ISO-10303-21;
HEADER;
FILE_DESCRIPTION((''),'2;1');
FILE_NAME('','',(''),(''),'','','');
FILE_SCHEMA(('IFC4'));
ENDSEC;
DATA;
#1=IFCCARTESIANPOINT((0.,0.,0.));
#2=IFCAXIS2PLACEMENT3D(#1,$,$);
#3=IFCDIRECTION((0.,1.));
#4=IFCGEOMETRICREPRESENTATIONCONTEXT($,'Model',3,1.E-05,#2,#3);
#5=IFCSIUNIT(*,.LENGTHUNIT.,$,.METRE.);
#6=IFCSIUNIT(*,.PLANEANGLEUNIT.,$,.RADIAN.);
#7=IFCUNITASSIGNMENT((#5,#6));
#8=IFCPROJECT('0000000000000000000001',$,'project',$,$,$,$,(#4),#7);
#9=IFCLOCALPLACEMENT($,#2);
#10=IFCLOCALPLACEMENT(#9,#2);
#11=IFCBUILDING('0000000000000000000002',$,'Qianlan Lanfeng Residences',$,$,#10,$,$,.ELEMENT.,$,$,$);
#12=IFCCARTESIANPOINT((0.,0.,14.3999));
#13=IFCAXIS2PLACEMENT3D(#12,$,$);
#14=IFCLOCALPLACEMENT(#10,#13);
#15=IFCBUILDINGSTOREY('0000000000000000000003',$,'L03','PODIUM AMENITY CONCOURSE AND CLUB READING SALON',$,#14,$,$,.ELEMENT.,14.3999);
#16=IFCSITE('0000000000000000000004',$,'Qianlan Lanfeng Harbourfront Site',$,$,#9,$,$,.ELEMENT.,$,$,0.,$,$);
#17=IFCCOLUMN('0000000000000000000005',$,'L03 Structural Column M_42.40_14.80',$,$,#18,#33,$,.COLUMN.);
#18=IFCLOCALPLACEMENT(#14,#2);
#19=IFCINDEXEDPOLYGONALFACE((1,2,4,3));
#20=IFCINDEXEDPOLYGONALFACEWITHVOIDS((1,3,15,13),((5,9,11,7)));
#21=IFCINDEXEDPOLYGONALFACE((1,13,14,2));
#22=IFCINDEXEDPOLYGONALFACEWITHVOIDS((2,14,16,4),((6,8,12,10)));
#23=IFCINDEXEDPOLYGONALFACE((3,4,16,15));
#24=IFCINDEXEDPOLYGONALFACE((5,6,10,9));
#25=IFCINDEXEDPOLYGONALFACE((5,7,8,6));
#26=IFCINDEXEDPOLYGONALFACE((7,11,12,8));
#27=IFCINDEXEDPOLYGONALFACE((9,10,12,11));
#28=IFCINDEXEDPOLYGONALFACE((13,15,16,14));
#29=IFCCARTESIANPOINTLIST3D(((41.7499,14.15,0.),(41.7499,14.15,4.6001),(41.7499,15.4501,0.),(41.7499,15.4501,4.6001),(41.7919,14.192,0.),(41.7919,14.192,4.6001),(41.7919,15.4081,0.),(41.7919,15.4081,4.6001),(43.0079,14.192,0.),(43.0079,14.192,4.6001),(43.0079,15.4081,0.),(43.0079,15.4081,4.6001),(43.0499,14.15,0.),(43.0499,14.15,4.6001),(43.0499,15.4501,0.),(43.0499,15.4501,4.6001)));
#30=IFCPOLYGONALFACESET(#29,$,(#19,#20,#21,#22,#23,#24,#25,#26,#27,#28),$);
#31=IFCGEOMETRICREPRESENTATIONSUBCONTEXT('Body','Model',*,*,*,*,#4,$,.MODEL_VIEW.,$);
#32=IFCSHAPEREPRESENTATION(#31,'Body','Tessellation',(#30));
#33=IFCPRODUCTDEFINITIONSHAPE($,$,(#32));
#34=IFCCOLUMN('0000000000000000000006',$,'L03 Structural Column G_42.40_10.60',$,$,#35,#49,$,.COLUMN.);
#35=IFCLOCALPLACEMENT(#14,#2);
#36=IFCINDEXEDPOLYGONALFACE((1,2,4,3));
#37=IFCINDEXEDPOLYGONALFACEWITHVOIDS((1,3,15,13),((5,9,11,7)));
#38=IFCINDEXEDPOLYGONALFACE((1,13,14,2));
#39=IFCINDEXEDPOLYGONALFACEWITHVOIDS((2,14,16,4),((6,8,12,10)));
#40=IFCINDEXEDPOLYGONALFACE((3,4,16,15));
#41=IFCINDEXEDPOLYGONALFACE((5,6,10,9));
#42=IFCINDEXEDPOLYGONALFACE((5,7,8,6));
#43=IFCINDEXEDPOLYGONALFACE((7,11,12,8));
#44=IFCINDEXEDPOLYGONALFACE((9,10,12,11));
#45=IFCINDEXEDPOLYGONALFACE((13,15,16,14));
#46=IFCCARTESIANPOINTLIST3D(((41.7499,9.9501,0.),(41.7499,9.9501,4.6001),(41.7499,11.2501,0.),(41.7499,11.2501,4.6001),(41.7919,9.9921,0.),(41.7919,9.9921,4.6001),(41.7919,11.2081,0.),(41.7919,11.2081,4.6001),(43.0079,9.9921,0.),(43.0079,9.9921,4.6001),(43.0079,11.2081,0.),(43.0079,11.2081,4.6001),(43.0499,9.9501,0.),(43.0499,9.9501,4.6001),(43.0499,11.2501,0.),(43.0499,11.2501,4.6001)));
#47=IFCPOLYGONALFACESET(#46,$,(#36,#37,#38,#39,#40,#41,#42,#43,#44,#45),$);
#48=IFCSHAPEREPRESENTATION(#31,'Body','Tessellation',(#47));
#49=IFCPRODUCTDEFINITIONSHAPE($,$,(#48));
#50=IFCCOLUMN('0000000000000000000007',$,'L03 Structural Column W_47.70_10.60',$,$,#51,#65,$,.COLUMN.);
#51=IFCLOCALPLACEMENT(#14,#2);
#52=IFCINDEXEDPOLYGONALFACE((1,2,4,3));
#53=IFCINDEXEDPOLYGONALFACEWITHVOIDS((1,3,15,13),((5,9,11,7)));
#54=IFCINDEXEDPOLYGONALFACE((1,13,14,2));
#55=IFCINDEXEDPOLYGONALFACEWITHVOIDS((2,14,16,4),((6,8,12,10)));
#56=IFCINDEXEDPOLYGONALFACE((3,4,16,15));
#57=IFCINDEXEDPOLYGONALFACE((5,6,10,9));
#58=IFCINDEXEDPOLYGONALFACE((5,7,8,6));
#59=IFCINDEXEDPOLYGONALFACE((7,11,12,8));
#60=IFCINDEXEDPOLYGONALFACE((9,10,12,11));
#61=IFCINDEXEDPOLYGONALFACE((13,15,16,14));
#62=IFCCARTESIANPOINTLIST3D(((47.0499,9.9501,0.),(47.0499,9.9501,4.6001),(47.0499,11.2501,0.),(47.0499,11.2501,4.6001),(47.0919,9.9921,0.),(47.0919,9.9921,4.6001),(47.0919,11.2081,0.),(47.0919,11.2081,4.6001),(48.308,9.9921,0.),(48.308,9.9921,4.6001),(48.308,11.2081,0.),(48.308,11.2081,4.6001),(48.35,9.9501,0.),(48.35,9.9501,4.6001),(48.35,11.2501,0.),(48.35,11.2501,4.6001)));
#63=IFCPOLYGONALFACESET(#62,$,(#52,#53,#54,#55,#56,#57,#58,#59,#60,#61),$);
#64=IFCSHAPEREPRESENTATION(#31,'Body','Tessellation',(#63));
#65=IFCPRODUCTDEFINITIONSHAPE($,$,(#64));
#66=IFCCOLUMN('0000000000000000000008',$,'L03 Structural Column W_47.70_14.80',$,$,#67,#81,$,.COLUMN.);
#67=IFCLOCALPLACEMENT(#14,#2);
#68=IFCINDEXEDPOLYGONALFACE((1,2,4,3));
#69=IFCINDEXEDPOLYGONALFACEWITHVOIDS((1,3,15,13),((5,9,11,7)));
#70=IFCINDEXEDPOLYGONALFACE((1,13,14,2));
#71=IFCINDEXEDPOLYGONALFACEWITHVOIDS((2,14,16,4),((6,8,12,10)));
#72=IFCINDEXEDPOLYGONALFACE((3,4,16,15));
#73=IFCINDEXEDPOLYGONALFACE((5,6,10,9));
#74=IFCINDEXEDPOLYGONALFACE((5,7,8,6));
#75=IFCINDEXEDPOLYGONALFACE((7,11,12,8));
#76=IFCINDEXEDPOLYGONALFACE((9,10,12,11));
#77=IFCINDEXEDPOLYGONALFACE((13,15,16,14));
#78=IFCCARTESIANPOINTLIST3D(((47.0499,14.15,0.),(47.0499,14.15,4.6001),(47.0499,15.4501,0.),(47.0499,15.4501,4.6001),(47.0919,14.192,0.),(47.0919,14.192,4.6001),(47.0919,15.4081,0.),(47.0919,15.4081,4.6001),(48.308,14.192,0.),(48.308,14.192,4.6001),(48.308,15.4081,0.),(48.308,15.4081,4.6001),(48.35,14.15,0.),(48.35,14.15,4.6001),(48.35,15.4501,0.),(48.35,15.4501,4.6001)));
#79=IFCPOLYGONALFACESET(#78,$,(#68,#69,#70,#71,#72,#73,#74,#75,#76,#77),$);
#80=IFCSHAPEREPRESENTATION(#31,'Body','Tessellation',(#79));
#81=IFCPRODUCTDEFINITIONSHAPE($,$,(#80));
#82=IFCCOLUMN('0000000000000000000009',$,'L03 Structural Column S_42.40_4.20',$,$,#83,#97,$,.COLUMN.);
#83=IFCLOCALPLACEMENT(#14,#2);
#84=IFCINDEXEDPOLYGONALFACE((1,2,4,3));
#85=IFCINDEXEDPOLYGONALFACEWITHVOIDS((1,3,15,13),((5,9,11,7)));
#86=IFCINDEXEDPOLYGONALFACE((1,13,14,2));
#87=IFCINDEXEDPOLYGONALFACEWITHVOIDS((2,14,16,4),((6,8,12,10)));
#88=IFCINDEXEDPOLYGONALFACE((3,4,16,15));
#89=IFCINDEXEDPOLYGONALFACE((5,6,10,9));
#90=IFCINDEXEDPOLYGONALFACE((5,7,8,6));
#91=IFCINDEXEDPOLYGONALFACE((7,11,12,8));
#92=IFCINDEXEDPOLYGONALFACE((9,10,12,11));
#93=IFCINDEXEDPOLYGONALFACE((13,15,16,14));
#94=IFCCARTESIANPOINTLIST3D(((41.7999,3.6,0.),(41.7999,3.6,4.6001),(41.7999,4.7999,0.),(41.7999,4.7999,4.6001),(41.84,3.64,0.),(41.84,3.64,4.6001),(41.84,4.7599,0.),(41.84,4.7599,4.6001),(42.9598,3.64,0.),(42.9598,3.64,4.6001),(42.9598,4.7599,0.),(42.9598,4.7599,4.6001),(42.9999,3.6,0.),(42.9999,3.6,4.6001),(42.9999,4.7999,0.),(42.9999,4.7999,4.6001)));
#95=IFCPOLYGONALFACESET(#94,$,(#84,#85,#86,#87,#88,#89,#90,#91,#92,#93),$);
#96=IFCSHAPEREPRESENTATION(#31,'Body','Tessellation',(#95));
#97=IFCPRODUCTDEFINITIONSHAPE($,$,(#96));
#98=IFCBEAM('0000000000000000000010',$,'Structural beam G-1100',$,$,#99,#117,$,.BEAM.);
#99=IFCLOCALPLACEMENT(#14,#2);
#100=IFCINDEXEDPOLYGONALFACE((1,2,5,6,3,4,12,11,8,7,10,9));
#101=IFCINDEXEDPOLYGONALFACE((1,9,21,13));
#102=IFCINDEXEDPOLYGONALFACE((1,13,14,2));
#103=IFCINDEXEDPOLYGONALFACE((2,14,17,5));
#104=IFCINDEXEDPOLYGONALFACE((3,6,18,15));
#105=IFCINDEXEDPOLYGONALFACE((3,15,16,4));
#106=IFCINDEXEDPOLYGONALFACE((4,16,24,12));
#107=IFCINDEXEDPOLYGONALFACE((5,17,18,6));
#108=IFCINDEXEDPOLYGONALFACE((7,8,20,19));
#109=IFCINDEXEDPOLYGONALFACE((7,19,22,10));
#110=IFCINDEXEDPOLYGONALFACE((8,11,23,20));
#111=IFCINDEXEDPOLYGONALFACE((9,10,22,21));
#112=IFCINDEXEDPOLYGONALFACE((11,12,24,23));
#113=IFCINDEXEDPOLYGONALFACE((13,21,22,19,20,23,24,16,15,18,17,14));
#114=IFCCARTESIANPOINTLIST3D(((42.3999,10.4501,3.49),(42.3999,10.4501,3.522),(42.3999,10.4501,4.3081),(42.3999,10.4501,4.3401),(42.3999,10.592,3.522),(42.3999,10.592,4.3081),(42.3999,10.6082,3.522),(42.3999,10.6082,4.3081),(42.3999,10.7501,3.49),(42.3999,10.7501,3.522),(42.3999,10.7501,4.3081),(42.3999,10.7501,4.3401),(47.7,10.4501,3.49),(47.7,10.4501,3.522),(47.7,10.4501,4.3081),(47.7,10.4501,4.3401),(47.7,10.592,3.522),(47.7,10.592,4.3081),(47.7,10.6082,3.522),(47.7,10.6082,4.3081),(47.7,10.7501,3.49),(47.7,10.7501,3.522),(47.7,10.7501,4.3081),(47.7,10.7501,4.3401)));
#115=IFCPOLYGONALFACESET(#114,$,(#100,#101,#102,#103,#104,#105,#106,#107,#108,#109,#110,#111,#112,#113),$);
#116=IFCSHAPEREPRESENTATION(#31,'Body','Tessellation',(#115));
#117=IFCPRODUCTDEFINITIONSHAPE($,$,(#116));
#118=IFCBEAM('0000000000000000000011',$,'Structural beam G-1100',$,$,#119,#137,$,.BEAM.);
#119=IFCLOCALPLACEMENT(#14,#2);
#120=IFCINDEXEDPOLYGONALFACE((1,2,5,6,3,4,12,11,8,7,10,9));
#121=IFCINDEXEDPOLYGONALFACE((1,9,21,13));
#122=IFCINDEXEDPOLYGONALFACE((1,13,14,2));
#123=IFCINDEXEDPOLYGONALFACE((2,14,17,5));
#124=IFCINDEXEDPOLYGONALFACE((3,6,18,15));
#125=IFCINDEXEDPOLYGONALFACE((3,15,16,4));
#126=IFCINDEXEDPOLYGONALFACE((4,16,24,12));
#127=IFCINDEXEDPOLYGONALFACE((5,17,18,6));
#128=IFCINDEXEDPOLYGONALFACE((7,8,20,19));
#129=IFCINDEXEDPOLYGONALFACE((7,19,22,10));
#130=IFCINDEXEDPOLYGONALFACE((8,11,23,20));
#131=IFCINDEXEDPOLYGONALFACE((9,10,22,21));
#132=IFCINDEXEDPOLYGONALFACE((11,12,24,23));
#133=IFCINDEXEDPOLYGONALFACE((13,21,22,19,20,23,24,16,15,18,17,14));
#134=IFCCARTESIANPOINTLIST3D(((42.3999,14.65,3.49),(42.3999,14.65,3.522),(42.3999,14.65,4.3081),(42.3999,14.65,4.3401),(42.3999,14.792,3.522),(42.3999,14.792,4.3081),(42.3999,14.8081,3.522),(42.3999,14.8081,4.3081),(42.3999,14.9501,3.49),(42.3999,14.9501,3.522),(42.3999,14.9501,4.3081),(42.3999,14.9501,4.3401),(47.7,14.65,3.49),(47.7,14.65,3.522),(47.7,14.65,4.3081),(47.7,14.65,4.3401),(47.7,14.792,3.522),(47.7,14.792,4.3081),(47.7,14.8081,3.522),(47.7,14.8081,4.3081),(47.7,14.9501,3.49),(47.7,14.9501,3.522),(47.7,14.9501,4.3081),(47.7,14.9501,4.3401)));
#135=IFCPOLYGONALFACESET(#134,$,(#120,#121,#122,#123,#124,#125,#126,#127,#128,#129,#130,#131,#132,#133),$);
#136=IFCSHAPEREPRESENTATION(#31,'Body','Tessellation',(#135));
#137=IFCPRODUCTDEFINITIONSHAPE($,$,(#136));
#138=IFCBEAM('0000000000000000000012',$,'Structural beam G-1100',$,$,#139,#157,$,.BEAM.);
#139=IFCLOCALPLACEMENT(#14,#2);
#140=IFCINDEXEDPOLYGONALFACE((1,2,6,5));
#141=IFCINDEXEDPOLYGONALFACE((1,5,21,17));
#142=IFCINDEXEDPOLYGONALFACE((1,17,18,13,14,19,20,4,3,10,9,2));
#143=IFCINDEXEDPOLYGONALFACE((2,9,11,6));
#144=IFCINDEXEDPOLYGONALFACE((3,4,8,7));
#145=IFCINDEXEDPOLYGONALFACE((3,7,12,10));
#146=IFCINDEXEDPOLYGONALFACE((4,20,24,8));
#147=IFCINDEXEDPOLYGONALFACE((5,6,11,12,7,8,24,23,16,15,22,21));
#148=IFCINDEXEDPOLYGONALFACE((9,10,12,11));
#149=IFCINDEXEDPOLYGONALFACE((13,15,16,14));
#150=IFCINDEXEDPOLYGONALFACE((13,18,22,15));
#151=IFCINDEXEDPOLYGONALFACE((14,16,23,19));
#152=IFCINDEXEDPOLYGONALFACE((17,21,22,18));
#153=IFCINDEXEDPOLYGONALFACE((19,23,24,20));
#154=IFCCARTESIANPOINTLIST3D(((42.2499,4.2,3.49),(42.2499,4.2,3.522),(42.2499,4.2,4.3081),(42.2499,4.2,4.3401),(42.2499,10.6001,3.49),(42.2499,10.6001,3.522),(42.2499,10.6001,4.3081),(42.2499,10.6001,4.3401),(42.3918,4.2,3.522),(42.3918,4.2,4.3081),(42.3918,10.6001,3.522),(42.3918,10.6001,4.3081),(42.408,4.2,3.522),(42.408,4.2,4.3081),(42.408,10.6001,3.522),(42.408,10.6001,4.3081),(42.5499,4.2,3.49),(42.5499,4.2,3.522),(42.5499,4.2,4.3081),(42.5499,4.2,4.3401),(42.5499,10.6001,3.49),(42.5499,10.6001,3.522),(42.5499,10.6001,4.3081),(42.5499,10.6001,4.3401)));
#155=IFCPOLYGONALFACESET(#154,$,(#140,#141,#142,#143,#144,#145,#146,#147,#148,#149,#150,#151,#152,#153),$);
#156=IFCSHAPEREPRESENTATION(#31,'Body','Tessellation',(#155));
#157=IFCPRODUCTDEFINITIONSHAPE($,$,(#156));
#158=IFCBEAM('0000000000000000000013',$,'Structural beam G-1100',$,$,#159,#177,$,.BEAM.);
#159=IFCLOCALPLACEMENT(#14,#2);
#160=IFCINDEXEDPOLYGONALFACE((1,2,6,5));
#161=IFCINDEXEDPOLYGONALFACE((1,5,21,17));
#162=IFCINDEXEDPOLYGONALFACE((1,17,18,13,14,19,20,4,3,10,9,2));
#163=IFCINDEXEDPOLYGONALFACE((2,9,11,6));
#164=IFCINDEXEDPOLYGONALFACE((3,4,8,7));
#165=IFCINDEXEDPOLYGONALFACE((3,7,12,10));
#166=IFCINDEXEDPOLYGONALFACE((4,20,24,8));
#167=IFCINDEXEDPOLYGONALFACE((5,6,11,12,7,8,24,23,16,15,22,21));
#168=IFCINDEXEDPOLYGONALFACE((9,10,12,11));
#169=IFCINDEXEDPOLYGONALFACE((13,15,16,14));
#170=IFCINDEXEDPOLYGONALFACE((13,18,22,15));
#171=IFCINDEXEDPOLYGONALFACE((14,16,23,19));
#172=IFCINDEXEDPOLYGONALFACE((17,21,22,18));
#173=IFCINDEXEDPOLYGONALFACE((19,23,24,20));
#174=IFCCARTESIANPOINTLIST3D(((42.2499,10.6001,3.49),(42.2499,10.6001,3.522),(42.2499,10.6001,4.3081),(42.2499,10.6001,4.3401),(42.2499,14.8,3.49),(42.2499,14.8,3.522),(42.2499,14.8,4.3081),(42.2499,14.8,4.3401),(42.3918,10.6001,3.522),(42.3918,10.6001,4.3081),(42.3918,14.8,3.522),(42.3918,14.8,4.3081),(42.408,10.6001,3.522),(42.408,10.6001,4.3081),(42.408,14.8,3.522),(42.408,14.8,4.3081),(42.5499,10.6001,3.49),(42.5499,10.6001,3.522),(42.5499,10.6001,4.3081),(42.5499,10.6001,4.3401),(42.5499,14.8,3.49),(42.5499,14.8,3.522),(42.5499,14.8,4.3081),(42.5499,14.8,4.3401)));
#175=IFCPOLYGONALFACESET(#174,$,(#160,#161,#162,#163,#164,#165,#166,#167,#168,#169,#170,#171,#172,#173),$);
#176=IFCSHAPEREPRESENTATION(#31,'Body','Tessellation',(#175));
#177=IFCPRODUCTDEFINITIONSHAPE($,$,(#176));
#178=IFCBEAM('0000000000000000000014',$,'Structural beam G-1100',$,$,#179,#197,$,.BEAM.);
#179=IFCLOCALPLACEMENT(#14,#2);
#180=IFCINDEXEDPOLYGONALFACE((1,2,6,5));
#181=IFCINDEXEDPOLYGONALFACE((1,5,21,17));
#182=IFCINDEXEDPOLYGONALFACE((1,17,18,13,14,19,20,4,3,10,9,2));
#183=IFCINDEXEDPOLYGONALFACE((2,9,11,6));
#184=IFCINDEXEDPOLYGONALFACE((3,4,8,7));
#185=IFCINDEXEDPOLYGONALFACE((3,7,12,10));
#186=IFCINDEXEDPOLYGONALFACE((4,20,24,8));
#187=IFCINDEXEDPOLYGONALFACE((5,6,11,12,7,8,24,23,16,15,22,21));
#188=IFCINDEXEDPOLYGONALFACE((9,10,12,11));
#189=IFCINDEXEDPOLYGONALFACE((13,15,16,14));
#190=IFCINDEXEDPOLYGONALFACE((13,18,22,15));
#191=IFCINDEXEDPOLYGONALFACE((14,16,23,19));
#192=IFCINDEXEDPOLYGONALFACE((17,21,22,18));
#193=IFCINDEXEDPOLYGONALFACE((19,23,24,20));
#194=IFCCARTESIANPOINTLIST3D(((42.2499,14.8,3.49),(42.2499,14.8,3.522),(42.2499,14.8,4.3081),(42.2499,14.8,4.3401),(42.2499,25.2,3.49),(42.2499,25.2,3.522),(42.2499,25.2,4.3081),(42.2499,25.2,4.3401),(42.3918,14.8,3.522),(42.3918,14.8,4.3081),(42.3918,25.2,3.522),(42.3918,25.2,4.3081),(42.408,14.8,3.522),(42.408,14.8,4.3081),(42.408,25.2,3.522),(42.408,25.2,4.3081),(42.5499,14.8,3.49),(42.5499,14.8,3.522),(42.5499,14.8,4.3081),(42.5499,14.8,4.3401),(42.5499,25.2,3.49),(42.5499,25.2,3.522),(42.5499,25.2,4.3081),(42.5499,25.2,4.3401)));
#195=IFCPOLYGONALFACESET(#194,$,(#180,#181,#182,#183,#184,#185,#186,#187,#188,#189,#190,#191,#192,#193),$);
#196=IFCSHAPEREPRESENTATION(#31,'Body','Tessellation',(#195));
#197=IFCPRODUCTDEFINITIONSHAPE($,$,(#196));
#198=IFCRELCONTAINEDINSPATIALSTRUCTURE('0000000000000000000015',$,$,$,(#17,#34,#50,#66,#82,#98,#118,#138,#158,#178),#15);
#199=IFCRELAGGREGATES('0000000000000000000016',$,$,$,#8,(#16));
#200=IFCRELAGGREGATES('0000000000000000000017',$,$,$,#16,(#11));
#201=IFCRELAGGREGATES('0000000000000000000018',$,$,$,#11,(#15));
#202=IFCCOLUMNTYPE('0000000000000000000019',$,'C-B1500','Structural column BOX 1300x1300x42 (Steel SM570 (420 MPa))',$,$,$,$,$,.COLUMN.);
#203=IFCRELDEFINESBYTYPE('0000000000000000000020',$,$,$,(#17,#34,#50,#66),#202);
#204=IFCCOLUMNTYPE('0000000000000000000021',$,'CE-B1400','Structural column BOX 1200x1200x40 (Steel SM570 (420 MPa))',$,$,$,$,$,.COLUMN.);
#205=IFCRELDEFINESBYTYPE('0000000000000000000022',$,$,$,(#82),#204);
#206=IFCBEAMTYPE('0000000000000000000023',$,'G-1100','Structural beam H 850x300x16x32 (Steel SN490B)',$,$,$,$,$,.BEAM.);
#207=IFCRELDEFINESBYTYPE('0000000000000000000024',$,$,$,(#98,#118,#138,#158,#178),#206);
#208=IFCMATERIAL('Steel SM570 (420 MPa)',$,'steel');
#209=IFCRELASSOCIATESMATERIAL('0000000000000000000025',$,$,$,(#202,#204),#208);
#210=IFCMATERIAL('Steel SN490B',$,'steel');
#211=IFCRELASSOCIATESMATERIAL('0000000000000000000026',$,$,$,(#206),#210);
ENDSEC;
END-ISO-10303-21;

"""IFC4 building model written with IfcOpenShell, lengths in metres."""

from ifc_helpers import new_model, si_unit, direction, frame, origin, origin_2d, place, context, subcontext, project, spatial, hollow_rectangle, i_section, extrude, material, material_profile, profile_set, type_object, element, save


model = new_model("IFC4")

# Units and contexts
model_context = context("Model", 3, precision=1e-05, world=origin(), true_north=direction((0.0, 1.0)))
body_context = subcontext(model_context, "Body", "Model", "MODEL_VIEW")
ifc_project = project(units=[si_unit("LENGTHUNIT", "METRE"), si_unit("PLANEANGLEUNIT", "RADIAN")], contexts=[model_context])

# Site, building, storey
site_placement = place(None, origin())
site = spatial("IfcSite", under=ifc_project, at=site_placement, Name="Qianlan Lanfeng Harbourfront Site", CompositionType="ELEMENT", RefElevation=0.0)
building_placement = place(site_placement, origin())
building = spatial("IfcBuilding", under=site, at=building_placement, Name="Qianlan Lanfeng Residences", CompositionType="ELEMENT")
storey_placement = place(building_placement, frame((0.0, 0.0, 14.3999)))
storey = spatial("IfcBuildingStorey", under=building, at=storey_placement, Name="L03", Description="PODIUM AMENITY CONCOURSE AND CLUB READING SALON", CompositionType="ELEMENT", Elevation=14.3999)

# Columns
ifc_material_1 = material(Name="Steel SM570 (420 MPa)", Category="steel")
ifc_material_profile_1 = material_profile(ifc_material_1, hollow_rectangle(XDim=1.3, YDim=1.3, WallThickness=0.042, at=origin_2d()), Name="BOX 1300x1300x42")
ifc_profile_set_1 = profile_set([ifc_material_profile_1], Name="Steel SM570 (420 MPa)")
column_type_1 = type_object("IfcColumnType", Name="C-B1500", Description="Structural column BOX 1300x1300x42 (Steel SM570 (420 MPa))", PredefinedType="COLUMN", material=ifc_profile_set_1)
for number, where, z_axis, x_axis, name in (
    (1, (42.3999, 14.8, 0.0), (0.0, 0.0, 1.0), (1.0, 0.0, 0.0), "L03 Structural Column M_42.40_14.80"),
    (2, (42.3999, 10.6001, 0.0), (0.0, 0.0, 1.0), (1.0, 0.0, 0.0), "L03 Structural Column G_42.40_10.60"),
    (3, (47.7, 10.6001, 0.0), (0.0, 0.0, 1.0), (1.0, 0.0, 0.0), "L03 Structural Column W_47.70_10.60"),
    (4, (47.7, 14.8, 0.0), (0.0, 0.0, 1.0), (1.0, 0.0, 0.0), "L03 Structural Column W_47.70_14.80"),
):
    element("IfcColumn", number, at=place(storey_placement, frame(where, z_axis=z_axis, x_axis=x_axis)), inside=storey, type_object=column_type_1, Name=name, PredefinedType="COLUMN", context=body_context, shape_type="SweptSolid", body=[
        extrude(hollow_rectangle(XDim=1.3, YDim=1.3, WallThickness=0.042, at=origin_2d()), origin(), (0.0, 0.0, 1.0), 4.6001),
    ])
ifc_material_profile_2 = material_profile(ifc_material_1, hollow_rectangle(XDim=1.2, YDim=1.2, WallThickness=0.04, at=origin_2d()), Name="BOX 1200x1200x40")
ifc_profile_set_2 = profile_set([ifc_material_profile_2], Name="Steel SM570 (420 MPa)")
column_type_2 = type_object("IfcColumnType", Name="CE-B1400", Description="Structural column BOX 1200x1200x40 (Steel SM570 (420 MPa))", PredefinedType="COLUMN", material=ifc_profile_set_2)
column_placement = place(storey_placement, frame((42.3999, 4.2, 0.0), z_axis=(0.0, 0.0, 1.0), x_axis=(1.0, 0.0, 0.0)))
element("IfcColumn", 5, at=column_placement, inside=storey, type_object=column_type_2, Name="L03 Structural Column S_42.40_4.20", PredefinedType="COLUMN", context=body_context, shape_type="SweptSolid", body=[
    extrude(hollow_rectangle(XDim=1.2, YDim=1.2, WallThickness=0.04, at=origin_2d()), origin(), (0.0, 0.0, 1.0), 4.6001),
])

# Beams
ifc_material_2 = material(Name="Steel SN490B", Category="steel")
ifc_material_profile_3 = material_profile(ifc_material_2, i_section(OverallWidth=0.3, OverallDepth=0.8501, WebThickness=0.0161, FlangeThickness=0.032, at=origin_2d()), Name="H 850x300x16x32")
ifc_profile_set_3 = profile_set([ifc_material_profile_3], Name="Steel SN490B")
beam_type_1 = type_object("IfcBeamType", Name="G-1100", Description="Structural beam H 850x300x16x32 (Steel SN490B)", PredefinedType="BEAM", material=ifc_profile_set_3)
for number, where, z_axis, x_axis, name in (
    (6, (42.3999, 10.6001, 3.915), (1.0, 0.0, 0.0), (0.0, 1.0, 0.0), "Structural beam G-1100"),
    (7, (42.3999, 14.8, 3.915), (1.0, 0.0, 0.0), (0.0, 1.0, 0.0), "Structural beam G-1100"),
):
    element("IfcBeam", number, at=place(storey_placement, frame(where, z_axis=z_axis, x_axis=x_axis)), inside=storey, type_object=beam_type_1, Name=name, PredefinedType="BEAM", context=body_context, shape_type="SweptSolid", body=[
        extrude(i_section(OverallWidth=0.3, OverallDepth=0.8501, WebThickness=0.0161, FlangeThickness=0.032, at=origin_2d()), origin(), (0.0, 0.0, 1.0), 5.3),
    ])
beam_1_placement = place(storey_placement, frame((42.3999, 4.2, 3.915), z_axis=(0.0, 1.0, 0.0), x_axis=(-1.0, 0.0, 0.0)))
element("IfcBeam", 8, at=beam_1_placement, inside=storey, type_object=beam_type_1, Name="Structural beam G-1100", PredefinedType="BEAM", context=body_context, shape_type="SweptSolid", body=[
    extrude(i_section(OverallWidth=0.3, OverallDepth=0.8501, WebThickness=0.0161, FlangeThickness=0.032, at=origin_2d()), origin(), (0.0, 0.0, 1.0), 6.4001),
])
beam_2_placement = place(storey_placement, frame((42.3999, 10.6001, 3.915), z_axis=(0.0, 1.0, 0.0), x_axis=(-1.0, 0.0, 0.0)))
element("IfcBeam", 9, at=beam_2_placement, inside=storey, type_object=beam_type_1, Name="Structural beam G-1100", PredefinedType="BEAM", context=body_context, shape_type="SweptSolid", body=[
    extrude(i_section(OverallWidth=0.3, OverallDepth=0.8501, WebThickness=0.0161, FlangeThickness=0.032, at=origin_2d()), origin(), (0.0, 0.0, 1.0), 4.2),
])
beam_3_placement = place(storey_placement, frame((42.3999, 14.8, 3.915), z_axis=(0.0, 1.0, 0.0), x_axis=(-1.0, 0.0, 0.0)))
element("IfcBeam", 10, at=beam_3_placement, inside=storey, type_object=beam_type_1, Name="Structural beam G-1100", PredefinedType="BEAM", context=body_context, shape_type="SweptSolid", body=[
    extrude(i_section(OverallWidth=0.3, OverallDepth=0.8501, WebThickness=0.0161, FlangeThickness=0.032, at=origin_2d()), origin(), (0.0, 0.0, 1.0), 10.3999),
])

save(model, "model.ifc")
